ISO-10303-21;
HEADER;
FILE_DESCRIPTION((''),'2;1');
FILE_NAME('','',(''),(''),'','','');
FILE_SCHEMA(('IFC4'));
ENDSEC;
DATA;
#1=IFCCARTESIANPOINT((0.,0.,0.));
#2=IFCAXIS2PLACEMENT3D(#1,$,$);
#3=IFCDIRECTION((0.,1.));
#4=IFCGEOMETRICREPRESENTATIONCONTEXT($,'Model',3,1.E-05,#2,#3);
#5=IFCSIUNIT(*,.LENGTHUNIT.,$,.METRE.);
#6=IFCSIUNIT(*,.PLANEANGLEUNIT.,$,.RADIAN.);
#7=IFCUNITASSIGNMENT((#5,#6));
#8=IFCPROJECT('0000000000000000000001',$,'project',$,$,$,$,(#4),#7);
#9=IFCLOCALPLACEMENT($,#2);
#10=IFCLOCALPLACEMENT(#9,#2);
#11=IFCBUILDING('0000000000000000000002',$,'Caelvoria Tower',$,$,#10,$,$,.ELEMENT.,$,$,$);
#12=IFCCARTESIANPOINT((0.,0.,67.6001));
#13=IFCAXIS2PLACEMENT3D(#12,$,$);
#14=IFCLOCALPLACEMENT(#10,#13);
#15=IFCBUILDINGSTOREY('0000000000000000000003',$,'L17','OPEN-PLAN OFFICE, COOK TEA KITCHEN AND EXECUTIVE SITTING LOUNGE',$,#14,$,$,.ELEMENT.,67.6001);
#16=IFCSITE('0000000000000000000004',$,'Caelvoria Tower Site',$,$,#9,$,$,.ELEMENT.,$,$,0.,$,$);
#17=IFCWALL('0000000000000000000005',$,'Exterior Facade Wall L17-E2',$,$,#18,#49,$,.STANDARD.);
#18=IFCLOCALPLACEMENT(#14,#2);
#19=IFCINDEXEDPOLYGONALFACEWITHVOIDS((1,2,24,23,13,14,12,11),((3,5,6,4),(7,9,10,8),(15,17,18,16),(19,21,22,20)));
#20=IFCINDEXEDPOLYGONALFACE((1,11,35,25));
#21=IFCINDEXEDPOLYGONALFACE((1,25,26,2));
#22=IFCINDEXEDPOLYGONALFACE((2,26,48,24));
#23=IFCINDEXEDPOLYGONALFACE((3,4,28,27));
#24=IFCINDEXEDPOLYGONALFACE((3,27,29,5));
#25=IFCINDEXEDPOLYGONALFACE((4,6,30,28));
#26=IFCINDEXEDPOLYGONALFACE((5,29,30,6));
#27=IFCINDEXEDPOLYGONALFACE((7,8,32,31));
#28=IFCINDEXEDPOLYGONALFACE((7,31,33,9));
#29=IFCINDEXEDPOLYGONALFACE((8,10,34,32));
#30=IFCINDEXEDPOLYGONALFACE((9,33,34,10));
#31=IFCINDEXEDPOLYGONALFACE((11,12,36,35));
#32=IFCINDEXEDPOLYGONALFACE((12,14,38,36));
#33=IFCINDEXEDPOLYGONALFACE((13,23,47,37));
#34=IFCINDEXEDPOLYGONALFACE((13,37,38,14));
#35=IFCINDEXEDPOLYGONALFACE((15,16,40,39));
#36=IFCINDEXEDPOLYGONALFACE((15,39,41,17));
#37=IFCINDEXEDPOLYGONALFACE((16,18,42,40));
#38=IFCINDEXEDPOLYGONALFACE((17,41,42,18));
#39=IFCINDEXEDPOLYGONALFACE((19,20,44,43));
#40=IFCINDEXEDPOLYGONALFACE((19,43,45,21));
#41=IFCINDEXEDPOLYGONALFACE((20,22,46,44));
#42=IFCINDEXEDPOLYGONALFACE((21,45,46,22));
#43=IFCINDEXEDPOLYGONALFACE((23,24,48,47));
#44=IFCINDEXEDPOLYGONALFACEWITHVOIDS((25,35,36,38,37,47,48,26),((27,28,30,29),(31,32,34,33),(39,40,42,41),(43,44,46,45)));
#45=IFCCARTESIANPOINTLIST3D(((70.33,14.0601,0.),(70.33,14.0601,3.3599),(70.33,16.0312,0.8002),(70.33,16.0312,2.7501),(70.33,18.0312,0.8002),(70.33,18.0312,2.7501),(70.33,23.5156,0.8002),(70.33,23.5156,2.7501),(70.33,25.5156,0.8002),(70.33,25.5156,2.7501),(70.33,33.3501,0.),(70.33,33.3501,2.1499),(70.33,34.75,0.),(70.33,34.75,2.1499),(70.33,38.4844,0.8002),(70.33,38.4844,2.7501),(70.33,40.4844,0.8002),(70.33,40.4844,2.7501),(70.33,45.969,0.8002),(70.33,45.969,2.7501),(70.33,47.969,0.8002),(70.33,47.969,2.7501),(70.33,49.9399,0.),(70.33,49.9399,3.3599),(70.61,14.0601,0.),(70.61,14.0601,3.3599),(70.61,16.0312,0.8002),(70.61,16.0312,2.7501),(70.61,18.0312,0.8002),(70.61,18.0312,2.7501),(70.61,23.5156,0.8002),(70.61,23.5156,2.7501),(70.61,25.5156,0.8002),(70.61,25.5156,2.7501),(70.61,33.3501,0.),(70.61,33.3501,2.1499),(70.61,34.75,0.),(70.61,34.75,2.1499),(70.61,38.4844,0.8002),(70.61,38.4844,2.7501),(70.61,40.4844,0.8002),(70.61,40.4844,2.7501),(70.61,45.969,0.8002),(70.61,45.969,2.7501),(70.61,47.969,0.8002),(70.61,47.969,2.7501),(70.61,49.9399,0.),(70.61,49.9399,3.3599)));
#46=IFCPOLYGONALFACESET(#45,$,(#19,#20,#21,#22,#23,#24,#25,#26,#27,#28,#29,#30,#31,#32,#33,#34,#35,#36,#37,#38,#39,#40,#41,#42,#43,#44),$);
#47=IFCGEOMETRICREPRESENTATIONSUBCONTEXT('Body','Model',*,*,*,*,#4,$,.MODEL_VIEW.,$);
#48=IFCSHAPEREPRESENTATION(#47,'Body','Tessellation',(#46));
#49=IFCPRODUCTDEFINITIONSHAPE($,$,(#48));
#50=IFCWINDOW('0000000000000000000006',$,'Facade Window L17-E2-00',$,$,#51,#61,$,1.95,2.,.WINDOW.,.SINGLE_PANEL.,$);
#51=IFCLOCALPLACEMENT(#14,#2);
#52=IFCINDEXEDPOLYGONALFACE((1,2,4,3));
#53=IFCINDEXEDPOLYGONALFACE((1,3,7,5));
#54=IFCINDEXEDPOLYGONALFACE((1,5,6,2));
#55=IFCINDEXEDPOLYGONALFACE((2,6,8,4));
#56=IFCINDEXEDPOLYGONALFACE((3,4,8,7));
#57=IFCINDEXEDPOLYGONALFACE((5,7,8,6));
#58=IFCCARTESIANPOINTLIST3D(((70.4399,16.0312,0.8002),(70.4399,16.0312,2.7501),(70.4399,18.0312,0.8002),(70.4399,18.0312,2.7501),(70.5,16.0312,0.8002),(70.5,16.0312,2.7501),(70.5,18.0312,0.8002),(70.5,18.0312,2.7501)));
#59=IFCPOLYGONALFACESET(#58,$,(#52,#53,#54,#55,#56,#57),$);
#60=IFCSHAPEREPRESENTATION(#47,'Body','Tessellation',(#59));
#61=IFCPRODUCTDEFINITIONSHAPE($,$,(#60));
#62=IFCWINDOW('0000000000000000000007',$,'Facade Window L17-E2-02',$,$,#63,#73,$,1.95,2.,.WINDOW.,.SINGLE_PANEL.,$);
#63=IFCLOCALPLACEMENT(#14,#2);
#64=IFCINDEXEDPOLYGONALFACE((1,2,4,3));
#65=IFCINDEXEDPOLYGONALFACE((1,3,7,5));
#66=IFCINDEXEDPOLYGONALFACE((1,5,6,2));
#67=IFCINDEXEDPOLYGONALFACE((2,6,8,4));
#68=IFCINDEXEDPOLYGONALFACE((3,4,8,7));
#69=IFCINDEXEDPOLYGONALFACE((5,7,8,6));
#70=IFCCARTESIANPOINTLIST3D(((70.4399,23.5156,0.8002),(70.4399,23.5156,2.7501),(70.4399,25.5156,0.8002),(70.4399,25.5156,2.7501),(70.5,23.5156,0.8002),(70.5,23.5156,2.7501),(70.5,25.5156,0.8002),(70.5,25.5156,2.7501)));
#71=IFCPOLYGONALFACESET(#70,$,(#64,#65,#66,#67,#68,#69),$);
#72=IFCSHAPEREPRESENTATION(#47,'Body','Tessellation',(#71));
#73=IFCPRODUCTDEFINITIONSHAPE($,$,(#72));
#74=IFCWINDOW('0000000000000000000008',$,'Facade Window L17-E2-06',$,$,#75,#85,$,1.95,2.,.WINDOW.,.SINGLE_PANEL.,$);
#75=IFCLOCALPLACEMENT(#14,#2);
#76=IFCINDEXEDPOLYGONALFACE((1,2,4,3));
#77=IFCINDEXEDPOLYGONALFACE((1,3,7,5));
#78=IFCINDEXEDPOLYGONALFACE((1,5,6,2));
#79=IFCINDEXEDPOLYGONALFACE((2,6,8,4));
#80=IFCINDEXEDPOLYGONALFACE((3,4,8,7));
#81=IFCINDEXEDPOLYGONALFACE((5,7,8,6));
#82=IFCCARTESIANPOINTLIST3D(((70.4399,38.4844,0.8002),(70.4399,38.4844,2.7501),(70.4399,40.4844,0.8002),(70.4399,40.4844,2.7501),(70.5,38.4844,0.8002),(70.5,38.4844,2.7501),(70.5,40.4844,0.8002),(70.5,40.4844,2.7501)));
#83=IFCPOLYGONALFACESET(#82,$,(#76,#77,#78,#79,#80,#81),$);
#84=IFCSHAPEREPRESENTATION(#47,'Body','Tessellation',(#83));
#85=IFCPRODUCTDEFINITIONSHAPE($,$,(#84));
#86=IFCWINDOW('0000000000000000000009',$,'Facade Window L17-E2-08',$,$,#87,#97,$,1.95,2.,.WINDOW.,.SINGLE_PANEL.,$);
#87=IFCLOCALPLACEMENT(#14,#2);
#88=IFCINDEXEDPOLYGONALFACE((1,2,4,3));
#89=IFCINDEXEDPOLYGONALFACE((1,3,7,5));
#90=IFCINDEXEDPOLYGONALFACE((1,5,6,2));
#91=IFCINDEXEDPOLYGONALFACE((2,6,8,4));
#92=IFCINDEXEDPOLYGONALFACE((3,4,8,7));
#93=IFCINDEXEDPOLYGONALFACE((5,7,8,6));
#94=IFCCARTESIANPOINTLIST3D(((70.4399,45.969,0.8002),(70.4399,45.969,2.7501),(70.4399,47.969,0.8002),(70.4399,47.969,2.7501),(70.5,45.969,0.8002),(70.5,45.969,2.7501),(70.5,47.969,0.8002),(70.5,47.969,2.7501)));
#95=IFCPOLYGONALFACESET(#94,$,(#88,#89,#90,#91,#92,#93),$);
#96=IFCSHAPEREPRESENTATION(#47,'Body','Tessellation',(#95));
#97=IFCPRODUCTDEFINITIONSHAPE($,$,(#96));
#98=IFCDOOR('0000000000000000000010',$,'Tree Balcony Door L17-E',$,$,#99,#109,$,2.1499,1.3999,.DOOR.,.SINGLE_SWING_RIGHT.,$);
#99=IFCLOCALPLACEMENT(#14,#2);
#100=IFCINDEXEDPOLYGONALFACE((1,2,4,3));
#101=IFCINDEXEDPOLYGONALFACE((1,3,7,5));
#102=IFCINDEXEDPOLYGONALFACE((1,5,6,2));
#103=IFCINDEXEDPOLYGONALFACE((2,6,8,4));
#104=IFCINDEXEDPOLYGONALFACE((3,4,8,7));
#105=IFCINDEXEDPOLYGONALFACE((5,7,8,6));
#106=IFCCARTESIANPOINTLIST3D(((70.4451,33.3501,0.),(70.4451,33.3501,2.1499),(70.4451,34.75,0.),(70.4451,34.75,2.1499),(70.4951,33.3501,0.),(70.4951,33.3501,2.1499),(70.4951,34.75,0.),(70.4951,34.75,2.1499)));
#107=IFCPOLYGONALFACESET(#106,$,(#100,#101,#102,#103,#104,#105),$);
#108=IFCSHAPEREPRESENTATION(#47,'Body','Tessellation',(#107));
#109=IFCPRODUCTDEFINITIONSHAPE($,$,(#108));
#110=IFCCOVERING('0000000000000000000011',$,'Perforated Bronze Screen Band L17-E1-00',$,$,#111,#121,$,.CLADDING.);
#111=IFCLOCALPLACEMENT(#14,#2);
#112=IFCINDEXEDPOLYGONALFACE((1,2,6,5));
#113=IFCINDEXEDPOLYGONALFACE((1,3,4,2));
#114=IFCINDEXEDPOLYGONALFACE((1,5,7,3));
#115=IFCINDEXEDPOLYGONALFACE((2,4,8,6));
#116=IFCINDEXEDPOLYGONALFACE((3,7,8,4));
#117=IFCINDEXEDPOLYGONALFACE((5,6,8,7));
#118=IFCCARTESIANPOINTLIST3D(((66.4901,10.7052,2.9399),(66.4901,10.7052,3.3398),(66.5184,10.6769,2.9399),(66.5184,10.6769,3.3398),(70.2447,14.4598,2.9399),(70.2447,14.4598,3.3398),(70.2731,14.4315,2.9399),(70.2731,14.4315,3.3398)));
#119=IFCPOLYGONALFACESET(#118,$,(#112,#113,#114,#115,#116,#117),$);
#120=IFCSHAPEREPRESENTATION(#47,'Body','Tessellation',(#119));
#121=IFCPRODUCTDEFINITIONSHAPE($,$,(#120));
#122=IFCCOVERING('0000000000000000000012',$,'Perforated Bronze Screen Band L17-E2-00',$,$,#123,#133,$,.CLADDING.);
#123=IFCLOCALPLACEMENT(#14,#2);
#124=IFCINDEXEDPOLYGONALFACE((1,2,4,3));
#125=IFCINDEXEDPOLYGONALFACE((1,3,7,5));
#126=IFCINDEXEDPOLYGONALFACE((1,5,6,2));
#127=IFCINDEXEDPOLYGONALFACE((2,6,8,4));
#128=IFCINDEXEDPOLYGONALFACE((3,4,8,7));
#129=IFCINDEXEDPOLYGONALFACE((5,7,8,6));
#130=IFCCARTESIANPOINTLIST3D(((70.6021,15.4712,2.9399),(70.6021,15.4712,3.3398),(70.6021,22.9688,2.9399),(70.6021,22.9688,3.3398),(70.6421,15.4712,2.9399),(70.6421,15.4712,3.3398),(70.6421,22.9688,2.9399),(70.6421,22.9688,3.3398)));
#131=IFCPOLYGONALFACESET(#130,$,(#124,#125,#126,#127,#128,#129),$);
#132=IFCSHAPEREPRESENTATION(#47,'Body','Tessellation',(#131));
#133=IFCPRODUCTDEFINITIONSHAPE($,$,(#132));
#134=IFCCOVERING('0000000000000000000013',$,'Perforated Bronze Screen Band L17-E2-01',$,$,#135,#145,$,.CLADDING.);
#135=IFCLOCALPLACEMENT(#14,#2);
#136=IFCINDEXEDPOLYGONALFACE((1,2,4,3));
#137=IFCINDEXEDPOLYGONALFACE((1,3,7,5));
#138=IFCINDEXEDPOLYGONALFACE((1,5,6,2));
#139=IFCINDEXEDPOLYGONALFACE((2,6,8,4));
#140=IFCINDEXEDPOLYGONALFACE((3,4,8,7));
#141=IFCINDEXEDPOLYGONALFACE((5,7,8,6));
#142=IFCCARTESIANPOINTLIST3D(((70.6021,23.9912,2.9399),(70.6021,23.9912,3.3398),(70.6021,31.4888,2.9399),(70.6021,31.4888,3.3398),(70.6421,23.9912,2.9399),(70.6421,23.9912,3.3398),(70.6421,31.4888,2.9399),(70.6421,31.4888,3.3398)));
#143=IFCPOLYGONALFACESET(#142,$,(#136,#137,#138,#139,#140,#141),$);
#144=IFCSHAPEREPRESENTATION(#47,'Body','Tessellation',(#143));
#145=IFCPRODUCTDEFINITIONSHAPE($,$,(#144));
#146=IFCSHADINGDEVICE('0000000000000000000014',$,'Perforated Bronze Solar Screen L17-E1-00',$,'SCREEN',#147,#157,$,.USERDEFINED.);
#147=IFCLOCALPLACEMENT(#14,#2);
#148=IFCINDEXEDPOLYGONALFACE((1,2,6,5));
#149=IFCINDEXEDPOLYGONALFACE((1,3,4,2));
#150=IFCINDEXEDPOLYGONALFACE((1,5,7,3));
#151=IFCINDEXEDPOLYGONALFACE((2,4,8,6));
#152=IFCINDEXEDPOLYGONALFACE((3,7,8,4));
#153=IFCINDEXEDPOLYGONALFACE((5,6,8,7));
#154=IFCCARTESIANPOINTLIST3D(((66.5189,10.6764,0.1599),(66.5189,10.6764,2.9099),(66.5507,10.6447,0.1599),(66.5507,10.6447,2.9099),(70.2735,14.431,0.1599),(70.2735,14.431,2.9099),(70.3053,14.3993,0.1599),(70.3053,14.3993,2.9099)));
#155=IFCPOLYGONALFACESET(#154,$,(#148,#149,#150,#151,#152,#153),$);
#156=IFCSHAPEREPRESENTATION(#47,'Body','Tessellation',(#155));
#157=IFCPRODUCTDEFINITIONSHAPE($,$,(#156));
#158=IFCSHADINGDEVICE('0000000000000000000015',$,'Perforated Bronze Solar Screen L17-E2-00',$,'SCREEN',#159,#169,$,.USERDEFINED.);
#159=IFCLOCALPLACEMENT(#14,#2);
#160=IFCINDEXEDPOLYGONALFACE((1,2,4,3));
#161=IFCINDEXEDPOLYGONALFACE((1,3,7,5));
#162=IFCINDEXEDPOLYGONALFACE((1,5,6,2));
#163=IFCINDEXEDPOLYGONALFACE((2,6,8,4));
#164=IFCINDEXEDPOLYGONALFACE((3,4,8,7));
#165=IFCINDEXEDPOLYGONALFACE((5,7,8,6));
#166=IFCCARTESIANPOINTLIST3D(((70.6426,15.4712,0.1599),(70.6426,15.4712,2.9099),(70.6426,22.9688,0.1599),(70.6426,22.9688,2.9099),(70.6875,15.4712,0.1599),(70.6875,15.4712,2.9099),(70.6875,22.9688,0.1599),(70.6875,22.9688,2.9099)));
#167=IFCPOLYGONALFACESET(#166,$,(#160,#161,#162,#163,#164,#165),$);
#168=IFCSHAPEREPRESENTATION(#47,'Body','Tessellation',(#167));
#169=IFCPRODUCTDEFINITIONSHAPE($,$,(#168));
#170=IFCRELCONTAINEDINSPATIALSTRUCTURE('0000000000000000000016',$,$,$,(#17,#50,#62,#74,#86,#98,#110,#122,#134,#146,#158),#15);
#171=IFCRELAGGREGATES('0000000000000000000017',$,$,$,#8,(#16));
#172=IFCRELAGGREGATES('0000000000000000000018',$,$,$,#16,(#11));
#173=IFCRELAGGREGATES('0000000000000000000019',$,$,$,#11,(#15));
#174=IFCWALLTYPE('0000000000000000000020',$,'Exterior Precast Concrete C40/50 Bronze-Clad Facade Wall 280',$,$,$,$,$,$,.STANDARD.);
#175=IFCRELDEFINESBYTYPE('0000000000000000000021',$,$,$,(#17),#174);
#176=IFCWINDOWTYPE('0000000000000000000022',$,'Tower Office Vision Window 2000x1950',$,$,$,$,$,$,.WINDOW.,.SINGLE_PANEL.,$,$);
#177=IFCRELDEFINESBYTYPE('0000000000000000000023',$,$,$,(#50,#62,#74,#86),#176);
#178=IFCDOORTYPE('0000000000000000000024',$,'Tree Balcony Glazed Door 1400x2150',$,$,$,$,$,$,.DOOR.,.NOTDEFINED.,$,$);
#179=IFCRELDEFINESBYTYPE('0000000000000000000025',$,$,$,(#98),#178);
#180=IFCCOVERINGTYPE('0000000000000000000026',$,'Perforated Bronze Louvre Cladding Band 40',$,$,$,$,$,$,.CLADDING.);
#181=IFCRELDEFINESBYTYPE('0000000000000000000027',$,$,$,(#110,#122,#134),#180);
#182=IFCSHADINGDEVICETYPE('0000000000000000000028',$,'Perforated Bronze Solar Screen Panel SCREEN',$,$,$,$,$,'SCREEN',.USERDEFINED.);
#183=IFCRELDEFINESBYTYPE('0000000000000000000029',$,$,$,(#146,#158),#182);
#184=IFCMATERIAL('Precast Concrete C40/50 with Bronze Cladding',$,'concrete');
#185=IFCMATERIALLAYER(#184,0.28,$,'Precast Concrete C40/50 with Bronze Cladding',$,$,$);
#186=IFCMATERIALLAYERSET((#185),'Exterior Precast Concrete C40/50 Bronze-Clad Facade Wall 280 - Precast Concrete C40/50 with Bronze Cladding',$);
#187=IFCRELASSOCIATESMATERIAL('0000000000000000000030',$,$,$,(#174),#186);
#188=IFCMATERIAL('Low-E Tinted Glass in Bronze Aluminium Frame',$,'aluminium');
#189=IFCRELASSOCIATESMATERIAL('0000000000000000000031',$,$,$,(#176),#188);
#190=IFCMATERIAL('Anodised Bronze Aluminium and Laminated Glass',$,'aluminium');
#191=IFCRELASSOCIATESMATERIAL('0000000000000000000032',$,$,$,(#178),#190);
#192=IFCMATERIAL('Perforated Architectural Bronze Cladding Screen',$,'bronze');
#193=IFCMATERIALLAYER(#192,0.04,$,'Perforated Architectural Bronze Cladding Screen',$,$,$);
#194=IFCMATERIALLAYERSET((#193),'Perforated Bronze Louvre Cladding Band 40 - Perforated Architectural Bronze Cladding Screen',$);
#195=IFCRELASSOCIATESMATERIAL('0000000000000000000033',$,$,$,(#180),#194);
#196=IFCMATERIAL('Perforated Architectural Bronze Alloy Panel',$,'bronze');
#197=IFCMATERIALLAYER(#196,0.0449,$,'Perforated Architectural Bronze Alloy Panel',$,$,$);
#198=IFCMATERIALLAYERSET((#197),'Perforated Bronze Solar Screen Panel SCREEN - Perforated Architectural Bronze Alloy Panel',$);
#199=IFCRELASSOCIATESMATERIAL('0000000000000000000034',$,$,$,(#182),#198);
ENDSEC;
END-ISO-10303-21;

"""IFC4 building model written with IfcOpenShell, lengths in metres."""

from ifc_helpers import new_model, si_unit, direction, frame, frame_2d, origin, origin_2d, place, context, subcontext, project, spatial, rectangle, extrude, material, layer, layer_set, type_object, element, fill, save


model = new_model("IFC4")

# Units and contexts
model_context = context("Model", 3, precision=1e-05, world=origin(), true_north=direction((0.0, 1.0)))
body_context = subcontext(model_context, "Body", "Model", "MODEL_VIEW")
ifc_project = project(units=[si_unit("LENGTHUNIT", "METRE"), si_unit("PLANEANGLEUNIT", "RADIAN")], contexts=[model_context])

# Site, building, storey
site_placement = place(None, origin())
site = spatial("IfcSite", under=ifc_project, at=site_placement, Name="Caelvoria Tower Site", CompositionType="ELEMENT", RefElevation=0.0)
building_placement = place(site_placement, origin())
building = spatial("IfcBuilding", under=site, at=building_placement, Name="Caelvoria Tower", CompositionType="ELEMENT")
storey_placement = place(building_placement, frame((0.0, 0.0, 67.6001)))
storey = spatial("IfcBuildingStorey", under=building, at=storey_placement, Name="L17", Description="OPEN-PLAN OFFICE, COOK TEA KITCHEN AND EXECUTIVE SITTING LOUNGE", CompositionType="ELEMENT", Elevation=67.6001)

# Shared definitions
ifc_material_1 = material(Name="Precast Concrete C40/50 with Bronze Cladding", Category="concrete")
ifc_layer_1 = layer(ifc_material_1, 0.28, Name="Precast Concrete C40/50 with Bronze Cladding")
ifc_layer_set_1 = layer_set([ifc_layer_1], Name="Exterior Precast Concrete C40/50 Bronze-Clad Facade Wall 280 - Precast Concrete C40/50 with Bronze Cladding")
wall_type_1 = type_object("IfcWallType", Name="Exterior Precast Concrete C40/50 Bronze-Clad Facade Wall 280", PredefinedType="STANDARD", material=ifc_layer_set_1)

# Wall, openings, windows, door
wall_1_placement = place(storey_placement, frame((70.47, 14.0601, 0.0), z_axis=(0.0, 0.0, 1.0), x_axis=(0.0, 1.0, 0.0)))
wall_1 = element("IfcWall", 1, at=wall_1_placement, inside=storey, type_object=wall_type_1, Name="Exterior Facade Wall L17-E2", PredefinedType="STANDARD", context=body_context, shape_type="SweptSolid", body=[
    extrude(rectangle(XDim=35.8799, YDim=0.28, at=frame_2d((17.9399, 0.0))), origin(), (0.0, 0.0, 1.0), 3.3599),
])
opening_1_placement = place(wall_1_placement, frame((19.29, 0.0, 0.0)))
opening_1 = element("IfcOpeningElement", 2, at=opening_1_placement, cuts=wall_1, PredefinedType="OPENING", context=body_context, shape_type="SweptSolid", body=[
    extrude(rectangle(XDim=1.3999, YDim=2.1499, at=frame_2d((0.7, 1.075))), frame((0.0, 0.1499, 0.0), z_axis=(0.0, -1.0, 0.0), x_axis=(1.0, 0.0, 0.0)), (0.0, 0.0, 1.0), 0.3),
])
opening_2_placement = place(wall_1_placement, frame((1.9712, 0.0, 0.8)))
opening_2 = element("IfcOpeningElement", 3, at=opening_2_placement, cuts=wall_1, PredefinedType="OPENING", context=body_context, shape_type="SweptSolid", body=[
    extrude(rectangle(XDim=2.0, YDim=1.95, at=frame_2d((1.0, 0.9751))), frame((0.0, 0.1499, 0.0), z_axis=(0.0, -1.0, 0.0), x_axis=(1.0, 0.0, 0.0)), (0.0, 0.0, 1.0), 0.3),
])
opening_3_placement = place(wall_1_placement, frame((9.4556, 0.0, 0.8)))
opening_3 = element("IfcOpeningElement", 4, at=opening_3_placement, cuts=wall_1, PredefinedType="OPENING", context=body_context, shape_type="SweptSolid", body=[
    extrude(rectangle(XDim=2.0, YDim=1.95, at=frame_2d((1.0, 0.9751))), frame((0.0, 0.1499, 0.0), z_axis=(0.0, -1.0, 0.0), x_axis=(1.0, 0.0, 0.0)), (0.0, 0.0, 1.0), 0.3),
])
opening_4_placement = place(wall_1_placement, frame((24.4243, 0.0, 0.8)))
opening_4 = element("IfcOpeningElement", 5, at=opening_4_placement, cuts=wall_1, PredefinedType="OPENING", context=body_context, shape_type="SweptSolid", body=[
    extrude(rectangle(XDim=2.0, YDim=1.95, at=frame_2d((1.0, 0.9751))), frame((0.0, 0.1499, 0.0), z_axis=(0.0, -1.0, 0.0), x_axis=(1.0, 0.0, 0.0)), (0.0, 0.0, 1.0), 0.3),
])
opening_5_placement = place(wall_1_placement, frame((31.9089, 0.0, 0.8)))
opening_5 = element("IfcOpeningElement", 6, at=opening_5_placement, cuts=wall_1, PredefinedType="OPENING", context=body_context, shape_type="SweptSolid", body=[
    extrude(rectangle(XDim=2.0, YDim=1.95, at=frame_2d((1.0, 0.9751))), frame((0.0, 0.1499, 0.0), z_axis=(0.0, -1.0, 0.0), x_axis=(1.0, 0.0, 0.0)), (0.0, 0.0, 1.0), 0.3),
])
ifc_material_2 = material(Name="Low-E Tinted Glass in Bronze Aluminium Frame", Category="aluminium")
window_type = type_object("IfcWindowType", Name="Tower Office Vision Window 2000x1950", PartitioningType="SINGLE_PANEL", PredefinedType="WINDOW", material=ifc_material_2)
window_1_placement = place(opening_2_placement, origin())
window_1 = element("IfcWindow", 7, at=window_1_placement, inside=storey, type_object=window_type, Name="Facade Window L17-E2-00", OverallHeight=1.95, OverallWidth=2.0, PartitioningType="SINGLE_PANEL", PredefinedType="WINDOW", context=body_context, shape_type="SweptSolid", body=[
    extrude(rectangle(XDim=2.0, YDim=1.95, at=frame_2d((1.0, 0.9751))), frame((0.0, 0.03, 0.0), z_axis=(0.0, -1.0, 0.0), x_axis=(1.0, 0.0, 0.0)), (0.0, 0.0, 1.0), 0.0601),
])
fill(opening_2, window_1)
window_2_placement = place(opening_3_placement, origin())
window_2 = element("IfcWindow", 8, at=window_2_placement, inside=storey, type_object=window_type, Name="Facade Window L17-E2-02", OverallHeight=1.95, OverallWidth=2.0, PartitioningType="SINGLE_PANEL", PredefinedType="WINDOW", context=body_context, shape_type="SweptSolid", body=[
    extrude(rectangle(XDim=2.0, YDim=1.95, at=frame_2d((1.0, 0.9751))), frame((0.0, 0.03, 0.0), z_axis=(0.0, -1.0, 0.0), x_axis=(1.0, 0.0, 0.0)), (0.0, 0.0, 1.0), 0.0601),
])
fill(opening_3, window_2)
window_3_placement = place(opening_4_placement, origin())
window_3 = element("IfcWindow", 9, at=window_3_placement, inside=storey, type_object=window_type, Name="Facade Window L17-E2-06", OverallHeight=1.95, OverallWidth=2.0, PartitioningType="SINGLE_PANEL", PredefinedType="WINDOW", context=body_context, shape_type="SweptSolid", body=[
    extrude(rectangle(XDim=2.0, YDim=1.95, at=frame_2d((1.0, 0.9751))), frame((0.0, 0.03, 0.0), z_axis=(0.0, -1.0, 0.0), x_axis=(1.0, 0.0, 0.0)), (0.0, 0.0, 1.0), 0.0601),
])
fill(opening_4, window_3)
window_4_placement = place(opening_5_placement, origin())
window_4 = element("IfcWindow", 10, at=window_4_placement, inside=storey, type_object=window_type, Name="Facade Window L17-E2-08", OverallHeight=1.95, OverallWidth=2.0, PartitioningType="SINGLE_PANEL", PredefinedType="WINDOW", context=body_context, shape_type="SweptSolid", body=[
    extrude(rectangle(XDim=2.0, YDim=1.95, at=frame_2d((1.0, 0.9751))), frame((0.0, 0.03, 0.0), z_axis=(0.0, -1.0, 0.0), x_axis=(1.0, 0.0, 0.0)), (0.0, 0.0, 1.0), 0.0601),
])
fill(opening_5, window_4)
ifc_material_3 = material(Name="Anodised Bronze Aluminium and Laminated Glass", Category="aluminium")
door_type = type_object("IfcDoorType", Name="Tree Balcony Glazed Door 1400x2150", OperationType="NOTDEFINED", PredefinedType="DOOR", material=ifc_material_3)
door_placement = place(opening_1_placement, origin())
door = element("IfcDoor", 11, at=door_placement, inside=storey, type_object=door_type, Name="Tree Balcony Door L17-E", OperationType="SINGLE_SWING_RIGHT", OverallHeight=2.1499, OverallWidth=1.3999, PredefinedType="DOOR", context=body_context, shape_type="SweptSolid", body=[
    extrude(rectangle(XDim=1.3999, YDim=2.1499, at=frame_2d((0.7, 1.075))), frame((0.0, 0.0249, 0.0), z_axis=(0.0, -1.0, 0.0), x_axis=(1.0, 0.0, 0.0)), (0.0, 0.0, 1.0), 0.05),
])
fill(opening_1, door)

# Coverings
ifc_material_4 = material(Name="Perforated Architectural Bronze Cladding Screen", Category="bronze")
ifc_layer_2 = layer(ifc_material_4, 0.04, Name="Perforated Architectural Bronze Cladding Screen")
ifc_layer_set_2 = layer_set([ifc_layer_2], Name="Perforated Bronze Louvre Cladding Band 40 - Perforated Architectural Bronze Cladding Screen")
covering_type = type_object("IfcCoveringType", Name="Perforated Bronze Louvre Cladding Band 40", PredefinedType="CLADDING", material=ifc_layer_set_2)
covering_placement = place(storey_placement, frame((68.3816, 12.5684, 2.9399), z_axis=(0.0, 0.0, 1.0), x_axis=(0.707107, 0.707107, 0.0)))
element("IfcCovering", 12, at=covering_placement, inside=storey, type_object=covering_type, Name="Perforated Bronze Screen Band L17-E1-00", PredefinedType="CLADDING", context=body_context, shape_type="SweptSolid", body=[
    extrude(rectangle(XDim=5.3098, YDim=0.04, at=origin_2d()), origin(), (0.0, 0.0, 1.0), 0.3999),
])
for number, where, z_axis, x_axis, name in (
    (13, (70.6221, 19.22, 2.9399), (0.0, 0.0, 1.0), (0.0, 1.0, 0.0), "Perforated Bronze Screen Band L17-E2-00"),
    (14, (70.6221, 27.74, 2.9399), (0.0, 0.0, 1.0), (0.0, 1.0, 0.0), "Perforated Bronze Screen Band L17-E2-01"),
):
    element("IfcCovering", number, at=place(storey_placement, frame(where, z_axis=z_axis, x_axis=x_axis)), inside=storey, type_object=covering_type, Name=name, PredefinedType="CLADDING", context=body_context, shape_type="SweptSolid", body=[
        extrude(rectangle(XDim=7.4976, YDim=0.04, at=origin_2d()), origin(), (0.0, 0.0, 1.0), 0.3999),
    ])

# Shading devices
ifc_material_5 = material(Name="Perforated Architectural Bronze Alloy Panel", Category="bronze")
ifc_layer_3 = layer(ifc_material_5, 0.0449, Name="Perforated Architectural Bronze Alloy Panel")
ifc_layer_set_3 = layer_set([ifc_layer_3], Name="Perforated Bronze Solar Screen Panel SCREEN - Perforated Architectural Bronze Alloy Panel")
shading_device_type = type_object("IfcShadingDeviceType", Name="Perforated Bronze Solar Screen Panel SCREEN", ElementType="SCREEN", PredefinedType="USERDEFINED", material=ifc_layer_set_3)
shading_device_placement = place(storey_placement, frame((68.4121, 12.5378, 0.1599), z_axis=(0.0, 0.0, 1.0), x_axis=(0.707107, 0.707107, 0.0)))
element("IfcShadingDevice", 15, at=shading_device_placement, inside=storey, type_object=shading_device_type, Name="Perforated Bronze Solar Screen L17-E1-00", ObjectType="SCREEN", PredefinedType="USERDEFINED", context=body_context, shape_type="SweptSolid", body=[
    extrude(rectangle(XDim=5.3098, YDim=0.0449, at=origin_2d()), origin(), (0.0, 0.0, 1.0), 2.75),
])
for number, where, z_axis, x_axis, name in (
    (16, (70.665, 19.22, 0.1599), (0.0, 0.0, 1.0), (0.0, 1.0, 0.0), "Perforated Bronze Solar Screen L17-E2-00"),
):
    element("IfcShadingDevice", number, at=place(storey_placement, frame(where, z_axis=z_axis, x_axis=x_axis)), inside=storey, type_object=shading_device_type, Name=name, ObjectType="SCREEN", PredefinedType="USERDEFINED", context=body_context, shape_type="SweptSolid", body=[
        extrude(rectangle(XDim=7.4976, YDim=0.0449, at=origin_2d()), origin(), (0.0, 0.0, 1.0), 2.75),
    ])

save(model, "model.ifc")
